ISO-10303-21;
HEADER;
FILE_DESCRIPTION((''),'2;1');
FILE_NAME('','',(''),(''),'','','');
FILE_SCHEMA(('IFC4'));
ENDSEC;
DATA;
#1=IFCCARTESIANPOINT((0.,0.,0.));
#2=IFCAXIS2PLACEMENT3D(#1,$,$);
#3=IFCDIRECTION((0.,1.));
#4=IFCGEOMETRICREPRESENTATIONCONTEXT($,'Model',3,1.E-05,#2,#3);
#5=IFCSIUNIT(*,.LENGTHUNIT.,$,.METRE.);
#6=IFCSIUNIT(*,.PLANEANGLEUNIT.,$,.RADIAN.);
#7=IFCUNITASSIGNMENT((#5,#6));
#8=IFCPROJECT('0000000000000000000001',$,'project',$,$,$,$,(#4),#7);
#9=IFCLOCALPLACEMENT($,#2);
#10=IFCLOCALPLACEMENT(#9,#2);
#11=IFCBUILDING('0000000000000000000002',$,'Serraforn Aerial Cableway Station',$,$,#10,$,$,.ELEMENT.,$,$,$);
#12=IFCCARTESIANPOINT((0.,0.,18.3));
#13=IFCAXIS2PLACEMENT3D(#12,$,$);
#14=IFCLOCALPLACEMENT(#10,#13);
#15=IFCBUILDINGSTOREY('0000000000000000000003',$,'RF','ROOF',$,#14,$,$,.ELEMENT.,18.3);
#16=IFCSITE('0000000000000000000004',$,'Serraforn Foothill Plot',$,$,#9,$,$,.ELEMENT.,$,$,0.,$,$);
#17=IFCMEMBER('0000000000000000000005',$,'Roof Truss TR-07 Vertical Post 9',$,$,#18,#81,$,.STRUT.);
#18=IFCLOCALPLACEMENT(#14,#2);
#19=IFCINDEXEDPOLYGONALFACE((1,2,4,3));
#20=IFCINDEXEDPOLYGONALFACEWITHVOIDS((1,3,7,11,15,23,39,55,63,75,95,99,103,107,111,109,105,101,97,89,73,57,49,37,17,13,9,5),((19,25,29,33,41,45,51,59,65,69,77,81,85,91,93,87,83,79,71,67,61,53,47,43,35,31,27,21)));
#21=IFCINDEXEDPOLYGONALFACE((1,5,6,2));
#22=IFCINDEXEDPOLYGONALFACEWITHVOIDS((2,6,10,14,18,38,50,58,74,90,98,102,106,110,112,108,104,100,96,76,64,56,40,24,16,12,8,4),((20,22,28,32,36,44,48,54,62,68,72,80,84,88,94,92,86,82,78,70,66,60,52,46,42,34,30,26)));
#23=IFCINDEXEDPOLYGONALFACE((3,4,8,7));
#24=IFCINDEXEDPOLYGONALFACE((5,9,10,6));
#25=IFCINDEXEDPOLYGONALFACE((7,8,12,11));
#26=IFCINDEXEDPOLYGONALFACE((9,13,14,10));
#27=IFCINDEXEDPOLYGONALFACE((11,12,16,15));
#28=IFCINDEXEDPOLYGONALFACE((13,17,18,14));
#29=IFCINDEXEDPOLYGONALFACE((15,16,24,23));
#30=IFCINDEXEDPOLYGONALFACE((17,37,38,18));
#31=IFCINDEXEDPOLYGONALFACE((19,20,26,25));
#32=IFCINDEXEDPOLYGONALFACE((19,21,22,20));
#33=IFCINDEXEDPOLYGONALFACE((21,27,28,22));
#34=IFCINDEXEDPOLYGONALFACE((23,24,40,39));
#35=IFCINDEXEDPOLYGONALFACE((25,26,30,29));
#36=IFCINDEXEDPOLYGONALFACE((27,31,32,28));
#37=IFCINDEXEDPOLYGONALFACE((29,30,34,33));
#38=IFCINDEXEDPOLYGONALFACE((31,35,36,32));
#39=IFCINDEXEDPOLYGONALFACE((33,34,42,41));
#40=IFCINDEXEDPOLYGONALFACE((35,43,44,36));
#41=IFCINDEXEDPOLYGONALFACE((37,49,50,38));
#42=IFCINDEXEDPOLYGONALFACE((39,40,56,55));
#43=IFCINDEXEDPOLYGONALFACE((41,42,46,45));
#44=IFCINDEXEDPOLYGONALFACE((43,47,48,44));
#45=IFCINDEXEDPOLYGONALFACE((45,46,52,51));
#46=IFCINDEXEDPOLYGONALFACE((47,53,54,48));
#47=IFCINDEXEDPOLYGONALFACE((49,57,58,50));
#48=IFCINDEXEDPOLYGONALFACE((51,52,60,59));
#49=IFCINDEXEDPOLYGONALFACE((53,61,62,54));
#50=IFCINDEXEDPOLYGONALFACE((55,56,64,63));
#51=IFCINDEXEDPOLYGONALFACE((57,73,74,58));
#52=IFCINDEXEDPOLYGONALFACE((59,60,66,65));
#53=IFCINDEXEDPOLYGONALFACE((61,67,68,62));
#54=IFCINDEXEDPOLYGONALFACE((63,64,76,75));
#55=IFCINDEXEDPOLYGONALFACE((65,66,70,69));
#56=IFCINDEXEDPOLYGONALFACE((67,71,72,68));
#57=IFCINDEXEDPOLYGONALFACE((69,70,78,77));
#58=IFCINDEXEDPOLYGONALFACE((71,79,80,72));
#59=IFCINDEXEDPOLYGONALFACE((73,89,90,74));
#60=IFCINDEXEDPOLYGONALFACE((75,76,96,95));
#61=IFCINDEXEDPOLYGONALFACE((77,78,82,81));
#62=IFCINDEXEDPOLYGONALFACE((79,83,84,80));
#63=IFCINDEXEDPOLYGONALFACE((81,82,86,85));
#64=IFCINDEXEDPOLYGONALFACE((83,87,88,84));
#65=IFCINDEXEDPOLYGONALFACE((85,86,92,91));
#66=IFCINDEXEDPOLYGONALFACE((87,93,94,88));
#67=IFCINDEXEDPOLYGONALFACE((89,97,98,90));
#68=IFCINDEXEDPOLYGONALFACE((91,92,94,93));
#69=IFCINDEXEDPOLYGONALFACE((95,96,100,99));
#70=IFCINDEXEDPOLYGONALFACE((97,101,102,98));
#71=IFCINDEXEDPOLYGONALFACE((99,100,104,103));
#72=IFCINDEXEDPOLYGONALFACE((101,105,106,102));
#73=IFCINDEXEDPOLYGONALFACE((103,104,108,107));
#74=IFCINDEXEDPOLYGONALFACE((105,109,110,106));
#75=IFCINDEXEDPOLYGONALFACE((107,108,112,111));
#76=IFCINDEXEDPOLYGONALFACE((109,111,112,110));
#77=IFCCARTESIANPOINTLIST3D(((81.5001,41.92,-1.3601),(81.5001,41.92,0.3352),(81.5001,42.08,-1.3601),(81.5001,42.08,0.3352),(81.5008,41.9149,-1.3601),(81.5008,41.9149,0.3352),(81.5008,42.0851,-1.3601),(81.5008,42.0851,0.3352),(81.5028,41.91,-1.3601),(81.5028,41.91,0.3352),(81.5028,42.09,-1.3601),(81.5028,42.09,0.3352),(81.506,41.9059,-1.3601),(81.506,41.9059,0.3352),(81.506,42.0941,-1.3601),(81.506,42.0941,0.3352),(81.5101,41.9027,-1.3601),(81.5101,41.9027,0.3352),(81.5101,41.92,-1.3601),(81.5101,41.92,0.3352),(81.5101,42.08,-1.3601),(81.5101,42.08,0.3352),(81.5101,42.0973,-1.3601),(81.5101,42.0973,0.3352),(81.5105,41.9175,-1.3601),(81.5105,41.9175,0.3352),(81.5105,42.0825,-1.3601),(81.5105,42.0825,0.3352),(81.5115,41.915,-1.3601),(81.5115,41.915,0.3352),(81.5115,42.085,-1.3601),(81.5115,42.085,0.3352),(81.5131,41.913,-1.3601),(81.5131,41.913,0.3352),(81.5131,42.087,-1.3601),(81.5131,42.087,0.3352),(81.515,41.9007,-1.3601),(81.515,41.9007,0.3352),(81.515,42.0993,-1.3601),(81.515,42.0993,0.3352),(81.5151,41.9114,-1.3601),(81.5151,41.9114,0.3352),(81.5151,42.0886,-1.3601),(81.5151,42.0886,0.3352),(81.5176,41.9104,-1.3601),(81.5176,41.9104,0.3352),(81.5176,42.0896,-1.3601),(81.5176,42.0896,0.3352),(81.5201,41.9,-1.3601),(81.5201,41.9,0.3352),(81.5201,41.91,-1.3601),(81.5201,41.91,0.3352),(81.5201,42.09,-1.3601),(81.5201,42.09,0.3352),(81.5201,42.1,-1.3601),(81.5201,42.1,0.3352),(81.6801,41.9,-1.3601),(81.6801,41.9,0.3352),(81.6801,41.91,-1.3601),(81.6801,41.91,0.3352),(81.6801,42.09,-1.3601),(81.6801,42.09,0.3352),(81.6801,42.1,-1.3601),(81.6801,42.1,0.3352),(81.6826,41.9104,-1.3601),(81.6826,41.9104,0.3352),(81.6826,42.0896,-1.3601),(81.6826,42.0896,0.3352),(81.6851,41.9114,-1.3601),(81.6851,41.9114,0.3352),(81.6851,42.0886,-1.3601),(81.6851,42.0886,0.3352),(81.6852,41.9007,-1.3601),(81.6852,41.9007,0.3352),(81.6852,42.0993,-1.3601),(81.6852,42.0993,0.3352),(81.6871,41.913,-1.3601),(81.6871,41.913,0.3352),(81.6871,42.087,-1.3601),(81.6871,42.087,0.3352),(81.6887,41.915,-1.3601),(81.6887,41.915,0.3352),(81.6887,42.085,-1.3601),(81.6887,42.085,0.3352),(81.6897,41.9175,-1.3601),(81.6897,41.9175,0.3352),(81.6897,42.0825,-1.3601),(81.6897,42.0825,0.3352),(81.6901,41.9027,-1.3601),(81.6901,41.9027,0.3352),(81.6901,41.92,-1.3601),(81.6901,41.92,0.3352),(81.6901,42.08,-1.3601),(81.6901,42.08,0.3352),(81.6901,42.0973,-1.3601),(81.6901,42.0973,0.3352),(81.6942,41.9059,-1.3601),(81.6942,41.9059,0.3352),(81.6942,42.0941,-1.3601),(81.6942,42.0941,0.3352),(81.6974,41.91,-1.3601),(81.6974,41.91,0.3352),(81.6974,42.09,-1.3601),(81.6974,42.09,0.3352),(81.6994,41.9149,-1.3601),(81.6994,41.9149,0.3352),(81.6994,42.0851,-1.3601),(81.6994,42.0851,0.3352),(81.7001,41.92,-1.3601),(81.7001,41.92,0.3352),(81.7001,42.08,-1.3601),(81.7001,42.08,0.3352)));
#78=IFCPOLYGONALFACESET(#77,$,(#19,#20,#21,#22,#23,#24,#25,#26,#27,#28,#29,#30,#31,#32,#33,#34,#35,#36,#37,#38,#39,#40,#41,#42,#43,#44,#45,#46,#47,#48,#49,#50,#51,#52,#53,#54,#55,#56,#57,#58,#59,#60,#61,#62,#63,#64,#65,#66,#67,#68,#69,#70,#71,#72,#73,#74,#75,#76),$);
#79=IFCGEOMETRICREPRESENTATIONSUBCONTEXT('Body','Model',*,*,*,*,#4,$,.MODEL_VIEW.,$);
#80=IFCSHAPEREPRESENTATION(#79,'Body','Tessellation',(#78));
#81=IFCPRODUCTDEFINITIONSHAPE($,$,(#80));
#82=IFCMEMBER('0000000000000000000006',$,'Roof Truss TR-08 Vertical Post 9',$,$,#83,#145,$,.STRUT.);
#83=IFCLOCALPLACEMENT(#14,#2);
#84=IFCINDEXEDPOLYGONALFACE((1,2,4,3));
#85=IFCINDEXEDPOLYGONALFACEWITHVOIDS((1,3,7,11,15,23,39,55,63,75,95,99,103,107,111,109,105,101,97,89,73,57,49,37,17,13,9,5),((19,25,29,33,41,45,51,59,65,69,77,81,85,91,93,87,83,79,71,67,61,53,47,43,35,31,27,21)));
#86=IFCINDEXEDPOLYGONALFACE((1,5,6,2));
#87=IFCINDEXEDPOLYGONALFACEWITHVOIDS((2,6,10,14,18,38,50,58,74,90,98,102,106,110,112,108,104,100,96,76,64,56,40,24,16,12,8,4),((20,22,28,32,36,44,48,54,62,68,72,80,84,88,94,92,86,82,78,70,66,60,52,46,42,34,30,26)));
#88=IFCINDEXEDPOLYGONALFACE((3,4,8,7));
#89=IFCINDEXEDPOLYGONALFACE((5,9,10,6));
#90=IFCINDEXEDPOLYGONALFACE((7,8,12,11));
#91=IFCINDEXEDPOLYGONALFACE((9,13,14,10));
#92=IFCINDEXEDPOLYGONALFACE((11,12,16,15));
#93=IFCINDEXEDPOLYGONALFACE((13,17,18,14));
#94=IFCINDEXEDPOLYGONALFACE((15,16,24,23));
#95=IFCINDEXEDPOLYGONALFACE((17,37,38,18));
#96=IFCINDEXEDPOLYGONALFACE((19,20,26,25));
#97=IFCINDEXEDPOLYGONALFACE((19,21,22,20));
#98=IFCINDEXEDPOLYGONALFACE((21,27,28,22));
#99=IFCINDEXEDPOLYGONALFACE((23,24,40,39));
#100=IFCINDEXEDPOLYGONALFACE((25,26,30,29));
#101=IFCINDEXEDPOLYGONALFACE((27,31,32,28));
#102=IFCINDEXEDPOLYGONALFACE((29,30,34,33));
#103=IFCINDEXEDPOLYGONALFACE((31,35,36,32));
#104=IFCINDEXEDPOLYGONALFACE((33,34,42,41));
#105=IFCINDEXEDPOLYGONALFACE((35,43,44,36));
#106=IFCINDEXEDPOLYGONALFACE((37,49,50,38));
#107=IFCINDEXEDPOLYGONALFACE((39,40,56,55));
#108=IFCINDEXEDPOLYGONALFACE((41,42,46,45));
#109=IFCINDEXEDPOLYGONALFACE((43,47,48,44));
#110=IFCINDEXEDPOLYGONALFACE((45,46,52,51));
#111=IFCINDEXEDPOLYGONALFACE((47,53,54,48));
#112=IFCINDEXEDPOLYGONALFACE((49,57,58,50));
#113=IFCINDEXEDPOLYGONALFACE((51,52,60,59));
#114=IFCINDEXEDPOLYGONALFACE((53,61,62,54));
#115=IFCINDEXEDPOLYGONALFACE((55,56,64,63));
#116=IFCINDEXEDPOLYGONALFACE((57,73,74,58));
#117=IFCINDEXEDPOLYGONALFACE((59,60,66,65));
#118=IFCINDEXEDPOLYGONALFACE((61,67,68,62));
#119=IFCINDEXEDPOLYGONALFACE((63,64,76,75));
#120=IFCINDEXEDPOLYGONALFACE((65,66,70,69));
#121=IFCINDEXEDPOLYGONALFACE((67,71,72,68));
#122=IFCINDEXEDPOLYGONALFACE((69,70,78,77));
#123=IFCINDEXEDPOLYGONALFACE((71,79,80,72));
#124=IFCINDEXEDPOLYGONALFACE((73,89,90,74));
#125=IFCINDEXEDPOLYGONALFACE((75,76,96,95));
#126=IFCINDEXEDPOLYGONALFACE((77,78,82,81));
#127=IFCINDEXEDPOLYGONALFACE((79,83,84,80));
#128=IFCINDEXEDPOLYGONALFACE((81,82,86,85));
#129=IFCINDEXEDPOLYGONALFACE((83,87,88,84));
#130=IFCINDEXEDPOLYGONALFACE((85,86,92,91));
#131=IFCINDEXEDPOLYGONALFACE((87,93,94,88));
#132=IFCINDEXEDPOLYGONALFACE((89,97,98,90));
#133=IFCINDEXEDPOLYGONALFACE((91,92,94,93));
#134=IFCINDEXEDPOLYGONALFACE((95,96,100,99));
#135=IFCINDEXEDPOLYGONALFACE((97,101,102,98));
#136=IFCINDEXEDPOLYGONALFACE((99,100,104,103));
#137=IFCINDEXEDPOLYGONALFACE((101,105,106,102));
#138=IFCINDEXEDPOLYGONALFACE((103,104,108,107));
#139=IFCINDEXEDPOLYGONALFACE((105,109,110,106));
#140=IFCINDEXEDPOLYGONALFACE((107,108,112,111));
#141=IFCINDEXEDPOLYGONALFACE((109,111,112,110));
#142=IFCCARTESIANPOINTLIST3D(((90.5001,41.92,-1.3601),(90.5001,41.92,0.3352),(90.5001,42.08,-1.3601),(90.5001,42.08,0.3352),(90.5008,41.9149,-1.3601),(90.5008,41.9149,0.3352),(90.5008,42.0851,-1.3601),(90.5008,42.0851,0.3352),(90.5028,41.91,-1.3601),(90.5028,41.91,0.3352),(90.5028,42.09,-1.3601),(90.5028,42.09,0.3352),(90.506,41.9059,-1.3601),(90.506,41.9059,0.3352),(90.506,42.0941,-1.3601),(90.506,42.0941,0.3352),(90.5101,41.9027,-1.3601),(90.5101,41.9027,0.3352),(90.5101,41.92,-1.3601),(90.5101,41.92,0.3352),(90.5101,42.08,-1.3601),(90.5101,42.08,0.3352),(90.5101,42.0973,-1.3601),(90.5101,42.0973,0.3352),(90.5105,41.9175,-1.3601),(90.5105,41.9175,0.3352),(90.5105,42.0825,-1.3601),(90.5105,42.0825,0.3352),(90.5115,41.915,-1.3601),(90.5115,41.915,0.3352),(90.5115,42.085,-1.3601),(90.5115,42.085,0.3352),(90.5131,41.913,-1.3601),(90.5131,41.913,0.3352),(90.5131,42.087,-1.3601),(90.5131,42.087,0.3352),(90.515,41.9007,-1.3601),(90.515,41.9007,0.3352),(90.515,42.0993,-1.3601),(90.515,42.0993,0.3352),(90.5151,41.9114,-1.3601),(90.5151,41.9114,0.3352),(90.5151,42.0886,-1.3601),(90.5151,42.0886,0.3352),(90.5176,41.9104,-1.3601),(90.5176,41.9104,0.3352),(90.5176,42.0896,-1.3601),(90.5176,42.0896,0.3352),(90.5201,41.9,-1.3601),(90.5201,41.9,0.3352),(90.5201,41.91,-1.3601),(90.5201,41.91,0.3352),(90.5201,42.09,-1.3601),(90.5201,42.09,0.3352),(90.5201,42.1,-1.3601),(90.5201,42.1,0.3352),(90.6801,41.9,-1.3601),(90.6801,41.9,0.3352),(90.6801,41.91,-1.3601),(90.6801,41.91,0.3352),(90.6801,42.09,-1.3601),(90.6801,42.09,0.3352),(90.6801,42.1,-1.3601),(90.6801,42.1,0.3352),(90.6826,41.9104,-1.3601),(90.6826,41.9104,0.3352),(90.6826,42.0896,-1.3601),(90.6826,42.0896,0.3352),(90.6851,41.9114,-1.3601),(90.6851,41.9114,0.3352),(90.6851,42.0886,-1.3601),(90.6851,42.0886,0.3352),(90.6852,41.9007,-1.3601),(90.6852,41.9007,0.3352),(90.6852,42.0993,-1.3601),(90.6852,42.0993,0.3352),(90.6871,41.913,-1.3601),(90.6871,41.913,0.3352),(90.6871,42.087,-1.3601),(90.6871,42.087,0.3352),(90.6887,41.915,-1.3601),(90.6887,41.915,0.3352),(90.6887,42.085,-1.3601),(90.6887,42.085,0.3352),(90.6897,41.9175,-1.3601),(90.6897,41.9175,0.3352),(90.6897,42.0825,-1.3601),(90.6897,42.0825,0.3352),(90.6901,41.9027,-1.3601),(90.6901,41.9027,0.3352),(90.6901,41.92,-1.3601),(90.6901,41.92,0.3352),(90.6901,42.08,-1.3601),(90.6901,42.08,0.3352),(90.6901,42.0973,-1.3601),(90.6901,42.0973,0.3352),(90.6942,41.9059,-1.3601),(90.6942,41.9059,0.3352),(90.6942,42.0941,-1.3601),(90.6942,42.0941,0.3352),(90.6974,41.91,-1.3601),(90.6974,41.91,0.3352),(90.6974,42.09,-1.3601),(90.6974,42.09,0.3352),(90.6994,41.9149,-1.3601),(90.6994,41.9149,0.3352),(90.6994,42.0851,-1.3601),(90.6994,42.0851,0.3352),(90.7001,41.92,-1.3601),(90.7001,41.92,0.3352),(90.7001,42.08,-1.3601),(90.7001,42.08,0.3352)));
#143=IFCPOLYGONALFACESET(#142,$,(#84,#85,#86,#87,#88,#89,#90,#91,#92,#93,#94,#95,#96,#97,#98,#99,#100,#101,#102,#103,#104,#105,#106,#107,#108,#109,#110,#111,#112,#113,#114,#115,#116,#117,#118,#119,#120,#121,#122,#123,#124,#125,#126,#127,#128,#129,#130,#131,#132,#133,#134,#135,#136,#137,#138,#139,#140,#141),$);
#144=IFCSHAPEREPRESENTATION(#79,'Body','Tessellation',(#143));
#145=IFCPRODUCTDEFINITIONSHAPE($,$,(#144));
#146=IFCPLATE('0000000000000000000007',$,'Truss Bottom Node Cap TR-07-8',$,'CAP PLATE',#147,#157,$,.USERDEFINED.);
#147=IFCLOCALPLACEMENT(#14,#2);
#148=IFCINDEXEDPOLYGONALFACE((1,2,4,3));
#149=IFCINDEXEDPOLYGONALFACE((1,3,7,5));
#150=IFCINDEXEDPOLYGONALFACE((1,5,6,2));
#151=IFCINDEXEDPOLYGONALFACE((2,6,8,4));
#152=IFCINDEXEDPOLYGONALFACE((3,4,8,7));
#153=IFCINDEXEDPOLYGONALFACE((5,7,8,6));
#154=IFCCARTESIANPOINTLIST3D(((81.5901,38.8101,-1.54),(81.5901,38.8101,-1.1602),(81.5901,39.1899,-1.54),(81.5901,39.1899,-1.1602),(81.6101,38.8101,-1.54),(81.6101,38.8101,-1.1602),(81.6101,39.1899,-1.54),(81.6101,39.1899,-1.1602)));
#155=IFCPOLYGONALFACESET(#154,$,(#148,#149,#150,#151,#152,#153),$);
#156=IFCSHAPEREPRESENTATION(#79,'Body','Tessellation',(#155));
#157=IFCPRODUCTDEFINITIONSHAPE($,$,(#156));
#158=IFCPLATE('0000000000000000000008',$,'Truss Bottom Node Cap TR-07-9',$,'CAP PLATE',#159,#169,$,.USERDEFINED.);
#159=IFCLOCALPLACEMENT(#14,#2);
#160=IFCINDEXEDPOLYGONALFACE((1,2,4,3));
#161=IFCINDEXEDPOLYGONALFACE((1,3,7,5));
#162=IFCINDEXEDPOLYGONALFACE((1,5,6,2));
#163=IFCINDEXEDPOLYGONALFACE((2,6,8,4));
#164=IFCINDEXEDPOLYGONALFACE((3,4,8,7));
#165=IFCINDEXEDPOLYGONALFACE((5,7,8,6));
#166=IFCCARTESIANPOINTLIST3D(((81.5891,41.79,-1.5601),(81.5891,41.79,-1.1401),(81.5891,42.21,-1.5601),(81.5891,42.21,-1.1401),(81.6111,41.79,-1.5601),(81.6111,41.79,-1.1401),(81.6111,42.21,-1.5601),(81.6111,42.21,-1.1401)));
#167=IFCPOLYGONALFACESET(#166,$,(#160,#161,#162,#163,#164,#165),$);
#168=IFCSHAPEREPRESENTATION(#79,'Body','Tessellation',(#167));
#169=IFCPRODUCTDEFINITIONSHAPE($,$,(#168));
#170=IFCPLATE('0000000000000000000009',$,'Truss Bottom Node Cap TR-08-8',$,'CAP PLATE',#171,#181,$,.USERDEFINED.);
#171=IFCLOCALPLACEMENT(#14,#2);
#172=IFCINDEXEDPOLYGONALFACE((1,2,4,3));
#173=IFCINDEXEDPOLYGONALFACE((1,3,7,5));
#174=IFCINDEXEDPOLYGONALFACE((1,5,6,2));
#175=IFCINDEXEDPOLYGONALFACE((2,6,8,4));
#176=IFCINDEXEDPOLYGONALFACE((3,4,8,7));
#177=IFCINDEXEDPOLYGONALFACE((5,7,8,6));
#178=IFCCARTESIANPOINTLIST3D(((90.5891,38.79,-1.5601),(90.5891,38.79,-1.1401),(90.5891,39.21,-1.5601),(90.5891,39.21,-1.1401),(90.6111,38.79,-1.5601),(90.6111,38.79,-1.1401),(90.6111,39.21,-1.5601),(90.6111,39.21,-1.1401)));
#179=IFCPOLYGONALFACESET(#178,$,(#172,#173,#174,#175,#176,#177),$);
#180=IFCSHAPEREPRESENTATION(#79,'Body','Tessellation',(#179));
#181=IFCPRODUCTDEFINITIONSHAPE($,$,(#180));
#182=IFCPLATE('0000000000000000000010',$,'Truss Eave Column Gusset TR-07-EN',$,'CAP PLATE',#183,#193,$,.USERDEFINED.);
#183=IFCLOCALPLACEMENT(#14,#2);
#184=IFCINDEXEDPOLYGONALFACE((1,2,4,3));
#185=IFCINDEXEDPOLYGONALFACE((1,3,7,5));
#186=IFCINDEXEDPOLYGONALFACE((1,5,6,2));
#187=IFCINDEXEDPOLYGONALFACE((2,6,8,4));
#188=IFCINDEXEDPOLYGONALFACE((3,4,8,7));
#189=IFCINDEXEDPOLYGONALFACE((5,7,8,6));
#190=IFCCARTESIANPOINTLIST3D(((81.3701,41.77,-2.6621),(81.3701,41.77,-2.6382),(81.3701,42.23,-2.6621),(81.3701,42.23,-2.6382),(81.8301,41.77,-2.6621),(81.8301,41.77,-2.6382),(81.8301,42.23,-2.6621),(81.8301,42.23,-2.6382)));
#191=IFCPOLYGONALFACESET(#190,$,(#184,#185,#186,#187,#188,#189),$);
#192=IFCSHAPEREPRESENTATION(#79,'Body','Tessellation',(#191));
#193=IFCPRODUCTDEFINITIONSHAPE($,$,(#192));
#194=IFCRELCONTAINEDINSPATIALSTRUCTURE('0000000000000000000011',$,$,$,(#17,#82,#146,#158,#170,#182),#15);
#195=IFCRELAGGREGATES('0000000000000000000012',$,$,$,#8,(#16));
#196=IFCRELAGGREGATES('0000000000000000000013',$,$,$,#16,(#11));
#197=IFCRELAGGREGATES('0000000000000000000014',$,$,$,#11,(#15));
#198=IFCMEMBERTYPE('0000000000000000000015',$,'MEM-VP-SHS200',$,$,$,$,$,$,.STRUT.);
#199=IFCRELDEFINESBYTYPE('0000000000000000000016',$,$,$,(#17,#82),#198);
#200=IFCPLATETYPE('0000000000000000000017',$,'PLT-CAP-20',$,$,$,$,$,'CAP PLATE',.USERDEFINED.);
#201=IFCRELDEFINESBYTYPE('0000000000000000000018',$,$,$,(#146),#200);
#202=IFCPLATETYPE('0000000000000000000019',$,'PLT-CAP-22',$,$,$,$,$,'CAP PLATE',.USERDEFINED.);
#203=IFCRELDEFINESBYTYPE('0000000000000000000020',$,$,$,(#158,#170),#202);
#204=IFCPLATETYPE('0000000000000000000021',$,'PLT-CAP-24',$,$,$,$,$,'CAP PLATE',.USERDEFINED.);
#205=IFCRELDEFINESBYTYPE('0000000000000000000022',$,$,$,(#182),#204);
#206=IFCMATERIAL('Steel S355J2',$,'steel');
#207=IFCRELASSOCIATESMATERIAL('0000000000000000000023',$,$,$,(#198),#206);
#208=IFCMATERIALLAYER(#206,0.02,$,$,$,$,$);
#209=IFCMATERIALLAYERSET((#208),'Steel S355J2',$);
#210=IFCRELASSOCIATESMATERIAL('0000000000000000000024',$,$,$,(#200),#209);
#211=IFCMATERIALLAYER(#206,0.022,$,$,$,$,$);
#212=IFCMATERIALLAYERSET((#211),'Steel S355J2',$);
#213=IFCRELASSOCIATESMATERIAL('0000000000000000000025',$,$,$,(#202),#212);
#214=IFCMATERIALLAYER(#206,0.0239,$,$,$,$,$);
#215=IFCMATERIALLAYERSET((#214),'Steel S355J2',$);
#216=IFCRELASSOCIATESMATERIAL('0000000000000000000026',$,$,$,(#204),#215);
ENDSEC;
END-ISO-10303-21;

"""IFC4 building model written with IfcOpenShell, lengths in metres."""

from ifc_helpers import new_model, si_unit, direction, frame, origin, origin_2d, place, context, subcontext, project, spatial, rectangle, hollow_rectangle, extrude, material, layer, layer_set, material_profile, profile_set, type_object, element, save


model = new_model("IFC4")

# Units and contexts
model_context = context("Model", 3, precision=1e-05, world=origin(), true_north=direction((0.0, 1.0)))
body_context = subcontext(model_context, "Body", "Model", "MODEL_VIEW")
ifc_project = project(units=[si_unit("LENGTHUNIT", "METRE"), si_unit("PLANEANGLEUNIT", "RADIAN")], contexts=[model_context])

# Site, building, storey
site_placement = place(None, origin())
site = spatial("IfcSite", under=ifc_project, at=site_placement, Name="Serraforn Foothill Plot", CompositionType="ELEMENT", RefElevation=0.0)
building_placement = place(site_placement, origin())
building = spatial("IfcBuilding", under=site, at=building_placement, Name="Serraforn Aerial Cableway Station", CompositionType="ELEMENT")
storey_placement = place(building_placement, frame((0.0, 0.0, 18.3)))
storey = spatial("IfcBuildingStorey", under=building, at=storey_placement, Name="RF", Description="ROOF", CompositionType="ELEMENT", Elevation=18.3)

# Shared definitions
ifc_material_1 = material(Name="Steel S355J2", Category="steel")

# Members
ifc_material_profile_1 = material_profile(ifc_material_1, hollow_rectangle(XDim=0.2, YDim=0.2, WallThickness=0.01, InnerFilletRadius=0.01, OuterFilletRadius=0.02, at=origin_2d()), Name="SHS 200x200x10.0")
ifc_profile_set_1 = profile_set([ifc_material_profile_1], Name="Steel S355J2")
member_type_1 = type_object("IfcMemberType", Name="MEM-VP-SHS200", PredefinedType="STRUT", material=ifc_profile_set_1)
for number, where, z_axis, x_axis, name in (
    (1, (81.6001, 42.0, -1.3601), (0.0, 0.0, 1.0), (1.0, 0.0, 0.0), "Roof Truss TR-07 Vertical Post 9"),
    (2, (90.6001, 42.0, -1.3601), (0.0, 0.0, 1.0), (1.0, 0.0, 0.0), "Roof Truss TR-08 Vertical Post 9"),
):
    element("IfcMember", number, at=place(storey_placement, frame(where, z_axis=z_axis, x_axis=x_axis)), inside=storey, type_object=member_type_1, Name=name, PredefinedType="STRUT", context=body_context, shape_type="SweptSolid", body=[
        extrude(hollow_rectangle(XDim=0.2, YDim=0.2, WallThickness=0.01, InnerFilletRadius=0.01, OuterFilletRadius=0.02, at=origin_2d()), origin(), (0.0, 0.0, 1.0), 1.6953),
    ])

# Plates
ifc_layer_1 = layer(ifc_material_1, 0.02)
ifc_layer_set_1 = layer_set([ifc_layer_1], Name="Steel S355J2")
plate_type_1 = type_object("IfcPlateType", Name="PLT-CAP-20", ElementType="CAP PLATE", PredefinedType="USERDEFINED", material=ifc_layer_set_1)
plate_1_placement = place(storey_placement, frame((81.6001, 39.0, -1.54), z_axis=(0.0, 0.0, 1.0), x_axis=(1.0, 0.0, 0.0)))
element("IfcPlate", 3, at=plate_1_placement, inside=storey, type_object=plate_type_1, Name="Truss Bottom Node Cap TR-07-8", ObjectType="CAP PLATE", PredefinedType="USERDEFINED", context=body_context, shape_type="SweptSolid", body=[
    extrude(rectangle(XDim=0.02, YDim=0.3799, at=origin_2d()), origin(), (0.0, 0.0, 1.0), 0.3799),
])
ifc_layer_2 = layer(ifc_material_1, 0.022)
ifc_layer_set_2 = layer_set([ifc_layer_2], Name="Steel S355J2")
plate_type_2 = type_object("IfcPlateType", Name="PLT-CAP-22", ElementType="CAP PLATE", PredefinedType="USERDEFINED", material=ifc_layer_set_2)
for number, where, z_axis, x_axis, name in (
    (4, (81.6001, 42.0, -1.5601), (0.0, 0.0, 1.0), (1.0, 0.0, 0.0), "Truss Bottom Node Cap TR-07-9"),
    (5, (90.6001, 39.0, -1.5601), (0.0, 0.0, 1.0), (1.0, 0.0, 0.0), "Truss Bottom Node Cap TR-08-8"),
):
    element("IfcPlate", number, at=place(storey_placement, frame(where, z_axis=z_axis, x_axis=x_axis)), inside=storey, type_object=plate_type_2, Name=name, ObjectType="CAP PLATE", PredefinedType="USERDEFINED", context=body_context, shape_type="SweptSolid", body=[
        extrude(rectangle(XDim=0.022, YDim=0.4199, at=origin_2d()), origin(), (0.0, 0.0, 1.0), 0.4199),
    ])
ifc_layer_3 = layer(ifc_material_1, 0.0239)
ifc_layer_set_3 = layer_set([ifc_layer_3], Name="Steel S355J2")
plate_type_3 = type_object("IfcPlateType", Name="PLT-CAP-24", ElementType="CAP PLATE", PredefinedType="USERDEFINED", material=ifc_layer_set_3)
plate_2_placement = place(storey_placement, frame((81.6001, 42.0, -2.6621), z_axis=(0.0, 0.0, 1.0), x_axis=(1.0, 0.0, 0.0)))
element("IfcPlate", 6, at=plate_2_placement, inside=storey, type_object=plate_type_3, Name="Truss Eave Column Gusset TR-07-EN", ObjectType="CAP PLATE", PredefinedType="USERDEFINED", context=body_context, shape_type="SweptSolid", body=[
    extrude(rectangle(XDim=0.46, YDim=0.46, at=origin_2d()), origin(), (0.0, 0.0, 1.0), 0.0239),
])

save(model, "model.ifc")
